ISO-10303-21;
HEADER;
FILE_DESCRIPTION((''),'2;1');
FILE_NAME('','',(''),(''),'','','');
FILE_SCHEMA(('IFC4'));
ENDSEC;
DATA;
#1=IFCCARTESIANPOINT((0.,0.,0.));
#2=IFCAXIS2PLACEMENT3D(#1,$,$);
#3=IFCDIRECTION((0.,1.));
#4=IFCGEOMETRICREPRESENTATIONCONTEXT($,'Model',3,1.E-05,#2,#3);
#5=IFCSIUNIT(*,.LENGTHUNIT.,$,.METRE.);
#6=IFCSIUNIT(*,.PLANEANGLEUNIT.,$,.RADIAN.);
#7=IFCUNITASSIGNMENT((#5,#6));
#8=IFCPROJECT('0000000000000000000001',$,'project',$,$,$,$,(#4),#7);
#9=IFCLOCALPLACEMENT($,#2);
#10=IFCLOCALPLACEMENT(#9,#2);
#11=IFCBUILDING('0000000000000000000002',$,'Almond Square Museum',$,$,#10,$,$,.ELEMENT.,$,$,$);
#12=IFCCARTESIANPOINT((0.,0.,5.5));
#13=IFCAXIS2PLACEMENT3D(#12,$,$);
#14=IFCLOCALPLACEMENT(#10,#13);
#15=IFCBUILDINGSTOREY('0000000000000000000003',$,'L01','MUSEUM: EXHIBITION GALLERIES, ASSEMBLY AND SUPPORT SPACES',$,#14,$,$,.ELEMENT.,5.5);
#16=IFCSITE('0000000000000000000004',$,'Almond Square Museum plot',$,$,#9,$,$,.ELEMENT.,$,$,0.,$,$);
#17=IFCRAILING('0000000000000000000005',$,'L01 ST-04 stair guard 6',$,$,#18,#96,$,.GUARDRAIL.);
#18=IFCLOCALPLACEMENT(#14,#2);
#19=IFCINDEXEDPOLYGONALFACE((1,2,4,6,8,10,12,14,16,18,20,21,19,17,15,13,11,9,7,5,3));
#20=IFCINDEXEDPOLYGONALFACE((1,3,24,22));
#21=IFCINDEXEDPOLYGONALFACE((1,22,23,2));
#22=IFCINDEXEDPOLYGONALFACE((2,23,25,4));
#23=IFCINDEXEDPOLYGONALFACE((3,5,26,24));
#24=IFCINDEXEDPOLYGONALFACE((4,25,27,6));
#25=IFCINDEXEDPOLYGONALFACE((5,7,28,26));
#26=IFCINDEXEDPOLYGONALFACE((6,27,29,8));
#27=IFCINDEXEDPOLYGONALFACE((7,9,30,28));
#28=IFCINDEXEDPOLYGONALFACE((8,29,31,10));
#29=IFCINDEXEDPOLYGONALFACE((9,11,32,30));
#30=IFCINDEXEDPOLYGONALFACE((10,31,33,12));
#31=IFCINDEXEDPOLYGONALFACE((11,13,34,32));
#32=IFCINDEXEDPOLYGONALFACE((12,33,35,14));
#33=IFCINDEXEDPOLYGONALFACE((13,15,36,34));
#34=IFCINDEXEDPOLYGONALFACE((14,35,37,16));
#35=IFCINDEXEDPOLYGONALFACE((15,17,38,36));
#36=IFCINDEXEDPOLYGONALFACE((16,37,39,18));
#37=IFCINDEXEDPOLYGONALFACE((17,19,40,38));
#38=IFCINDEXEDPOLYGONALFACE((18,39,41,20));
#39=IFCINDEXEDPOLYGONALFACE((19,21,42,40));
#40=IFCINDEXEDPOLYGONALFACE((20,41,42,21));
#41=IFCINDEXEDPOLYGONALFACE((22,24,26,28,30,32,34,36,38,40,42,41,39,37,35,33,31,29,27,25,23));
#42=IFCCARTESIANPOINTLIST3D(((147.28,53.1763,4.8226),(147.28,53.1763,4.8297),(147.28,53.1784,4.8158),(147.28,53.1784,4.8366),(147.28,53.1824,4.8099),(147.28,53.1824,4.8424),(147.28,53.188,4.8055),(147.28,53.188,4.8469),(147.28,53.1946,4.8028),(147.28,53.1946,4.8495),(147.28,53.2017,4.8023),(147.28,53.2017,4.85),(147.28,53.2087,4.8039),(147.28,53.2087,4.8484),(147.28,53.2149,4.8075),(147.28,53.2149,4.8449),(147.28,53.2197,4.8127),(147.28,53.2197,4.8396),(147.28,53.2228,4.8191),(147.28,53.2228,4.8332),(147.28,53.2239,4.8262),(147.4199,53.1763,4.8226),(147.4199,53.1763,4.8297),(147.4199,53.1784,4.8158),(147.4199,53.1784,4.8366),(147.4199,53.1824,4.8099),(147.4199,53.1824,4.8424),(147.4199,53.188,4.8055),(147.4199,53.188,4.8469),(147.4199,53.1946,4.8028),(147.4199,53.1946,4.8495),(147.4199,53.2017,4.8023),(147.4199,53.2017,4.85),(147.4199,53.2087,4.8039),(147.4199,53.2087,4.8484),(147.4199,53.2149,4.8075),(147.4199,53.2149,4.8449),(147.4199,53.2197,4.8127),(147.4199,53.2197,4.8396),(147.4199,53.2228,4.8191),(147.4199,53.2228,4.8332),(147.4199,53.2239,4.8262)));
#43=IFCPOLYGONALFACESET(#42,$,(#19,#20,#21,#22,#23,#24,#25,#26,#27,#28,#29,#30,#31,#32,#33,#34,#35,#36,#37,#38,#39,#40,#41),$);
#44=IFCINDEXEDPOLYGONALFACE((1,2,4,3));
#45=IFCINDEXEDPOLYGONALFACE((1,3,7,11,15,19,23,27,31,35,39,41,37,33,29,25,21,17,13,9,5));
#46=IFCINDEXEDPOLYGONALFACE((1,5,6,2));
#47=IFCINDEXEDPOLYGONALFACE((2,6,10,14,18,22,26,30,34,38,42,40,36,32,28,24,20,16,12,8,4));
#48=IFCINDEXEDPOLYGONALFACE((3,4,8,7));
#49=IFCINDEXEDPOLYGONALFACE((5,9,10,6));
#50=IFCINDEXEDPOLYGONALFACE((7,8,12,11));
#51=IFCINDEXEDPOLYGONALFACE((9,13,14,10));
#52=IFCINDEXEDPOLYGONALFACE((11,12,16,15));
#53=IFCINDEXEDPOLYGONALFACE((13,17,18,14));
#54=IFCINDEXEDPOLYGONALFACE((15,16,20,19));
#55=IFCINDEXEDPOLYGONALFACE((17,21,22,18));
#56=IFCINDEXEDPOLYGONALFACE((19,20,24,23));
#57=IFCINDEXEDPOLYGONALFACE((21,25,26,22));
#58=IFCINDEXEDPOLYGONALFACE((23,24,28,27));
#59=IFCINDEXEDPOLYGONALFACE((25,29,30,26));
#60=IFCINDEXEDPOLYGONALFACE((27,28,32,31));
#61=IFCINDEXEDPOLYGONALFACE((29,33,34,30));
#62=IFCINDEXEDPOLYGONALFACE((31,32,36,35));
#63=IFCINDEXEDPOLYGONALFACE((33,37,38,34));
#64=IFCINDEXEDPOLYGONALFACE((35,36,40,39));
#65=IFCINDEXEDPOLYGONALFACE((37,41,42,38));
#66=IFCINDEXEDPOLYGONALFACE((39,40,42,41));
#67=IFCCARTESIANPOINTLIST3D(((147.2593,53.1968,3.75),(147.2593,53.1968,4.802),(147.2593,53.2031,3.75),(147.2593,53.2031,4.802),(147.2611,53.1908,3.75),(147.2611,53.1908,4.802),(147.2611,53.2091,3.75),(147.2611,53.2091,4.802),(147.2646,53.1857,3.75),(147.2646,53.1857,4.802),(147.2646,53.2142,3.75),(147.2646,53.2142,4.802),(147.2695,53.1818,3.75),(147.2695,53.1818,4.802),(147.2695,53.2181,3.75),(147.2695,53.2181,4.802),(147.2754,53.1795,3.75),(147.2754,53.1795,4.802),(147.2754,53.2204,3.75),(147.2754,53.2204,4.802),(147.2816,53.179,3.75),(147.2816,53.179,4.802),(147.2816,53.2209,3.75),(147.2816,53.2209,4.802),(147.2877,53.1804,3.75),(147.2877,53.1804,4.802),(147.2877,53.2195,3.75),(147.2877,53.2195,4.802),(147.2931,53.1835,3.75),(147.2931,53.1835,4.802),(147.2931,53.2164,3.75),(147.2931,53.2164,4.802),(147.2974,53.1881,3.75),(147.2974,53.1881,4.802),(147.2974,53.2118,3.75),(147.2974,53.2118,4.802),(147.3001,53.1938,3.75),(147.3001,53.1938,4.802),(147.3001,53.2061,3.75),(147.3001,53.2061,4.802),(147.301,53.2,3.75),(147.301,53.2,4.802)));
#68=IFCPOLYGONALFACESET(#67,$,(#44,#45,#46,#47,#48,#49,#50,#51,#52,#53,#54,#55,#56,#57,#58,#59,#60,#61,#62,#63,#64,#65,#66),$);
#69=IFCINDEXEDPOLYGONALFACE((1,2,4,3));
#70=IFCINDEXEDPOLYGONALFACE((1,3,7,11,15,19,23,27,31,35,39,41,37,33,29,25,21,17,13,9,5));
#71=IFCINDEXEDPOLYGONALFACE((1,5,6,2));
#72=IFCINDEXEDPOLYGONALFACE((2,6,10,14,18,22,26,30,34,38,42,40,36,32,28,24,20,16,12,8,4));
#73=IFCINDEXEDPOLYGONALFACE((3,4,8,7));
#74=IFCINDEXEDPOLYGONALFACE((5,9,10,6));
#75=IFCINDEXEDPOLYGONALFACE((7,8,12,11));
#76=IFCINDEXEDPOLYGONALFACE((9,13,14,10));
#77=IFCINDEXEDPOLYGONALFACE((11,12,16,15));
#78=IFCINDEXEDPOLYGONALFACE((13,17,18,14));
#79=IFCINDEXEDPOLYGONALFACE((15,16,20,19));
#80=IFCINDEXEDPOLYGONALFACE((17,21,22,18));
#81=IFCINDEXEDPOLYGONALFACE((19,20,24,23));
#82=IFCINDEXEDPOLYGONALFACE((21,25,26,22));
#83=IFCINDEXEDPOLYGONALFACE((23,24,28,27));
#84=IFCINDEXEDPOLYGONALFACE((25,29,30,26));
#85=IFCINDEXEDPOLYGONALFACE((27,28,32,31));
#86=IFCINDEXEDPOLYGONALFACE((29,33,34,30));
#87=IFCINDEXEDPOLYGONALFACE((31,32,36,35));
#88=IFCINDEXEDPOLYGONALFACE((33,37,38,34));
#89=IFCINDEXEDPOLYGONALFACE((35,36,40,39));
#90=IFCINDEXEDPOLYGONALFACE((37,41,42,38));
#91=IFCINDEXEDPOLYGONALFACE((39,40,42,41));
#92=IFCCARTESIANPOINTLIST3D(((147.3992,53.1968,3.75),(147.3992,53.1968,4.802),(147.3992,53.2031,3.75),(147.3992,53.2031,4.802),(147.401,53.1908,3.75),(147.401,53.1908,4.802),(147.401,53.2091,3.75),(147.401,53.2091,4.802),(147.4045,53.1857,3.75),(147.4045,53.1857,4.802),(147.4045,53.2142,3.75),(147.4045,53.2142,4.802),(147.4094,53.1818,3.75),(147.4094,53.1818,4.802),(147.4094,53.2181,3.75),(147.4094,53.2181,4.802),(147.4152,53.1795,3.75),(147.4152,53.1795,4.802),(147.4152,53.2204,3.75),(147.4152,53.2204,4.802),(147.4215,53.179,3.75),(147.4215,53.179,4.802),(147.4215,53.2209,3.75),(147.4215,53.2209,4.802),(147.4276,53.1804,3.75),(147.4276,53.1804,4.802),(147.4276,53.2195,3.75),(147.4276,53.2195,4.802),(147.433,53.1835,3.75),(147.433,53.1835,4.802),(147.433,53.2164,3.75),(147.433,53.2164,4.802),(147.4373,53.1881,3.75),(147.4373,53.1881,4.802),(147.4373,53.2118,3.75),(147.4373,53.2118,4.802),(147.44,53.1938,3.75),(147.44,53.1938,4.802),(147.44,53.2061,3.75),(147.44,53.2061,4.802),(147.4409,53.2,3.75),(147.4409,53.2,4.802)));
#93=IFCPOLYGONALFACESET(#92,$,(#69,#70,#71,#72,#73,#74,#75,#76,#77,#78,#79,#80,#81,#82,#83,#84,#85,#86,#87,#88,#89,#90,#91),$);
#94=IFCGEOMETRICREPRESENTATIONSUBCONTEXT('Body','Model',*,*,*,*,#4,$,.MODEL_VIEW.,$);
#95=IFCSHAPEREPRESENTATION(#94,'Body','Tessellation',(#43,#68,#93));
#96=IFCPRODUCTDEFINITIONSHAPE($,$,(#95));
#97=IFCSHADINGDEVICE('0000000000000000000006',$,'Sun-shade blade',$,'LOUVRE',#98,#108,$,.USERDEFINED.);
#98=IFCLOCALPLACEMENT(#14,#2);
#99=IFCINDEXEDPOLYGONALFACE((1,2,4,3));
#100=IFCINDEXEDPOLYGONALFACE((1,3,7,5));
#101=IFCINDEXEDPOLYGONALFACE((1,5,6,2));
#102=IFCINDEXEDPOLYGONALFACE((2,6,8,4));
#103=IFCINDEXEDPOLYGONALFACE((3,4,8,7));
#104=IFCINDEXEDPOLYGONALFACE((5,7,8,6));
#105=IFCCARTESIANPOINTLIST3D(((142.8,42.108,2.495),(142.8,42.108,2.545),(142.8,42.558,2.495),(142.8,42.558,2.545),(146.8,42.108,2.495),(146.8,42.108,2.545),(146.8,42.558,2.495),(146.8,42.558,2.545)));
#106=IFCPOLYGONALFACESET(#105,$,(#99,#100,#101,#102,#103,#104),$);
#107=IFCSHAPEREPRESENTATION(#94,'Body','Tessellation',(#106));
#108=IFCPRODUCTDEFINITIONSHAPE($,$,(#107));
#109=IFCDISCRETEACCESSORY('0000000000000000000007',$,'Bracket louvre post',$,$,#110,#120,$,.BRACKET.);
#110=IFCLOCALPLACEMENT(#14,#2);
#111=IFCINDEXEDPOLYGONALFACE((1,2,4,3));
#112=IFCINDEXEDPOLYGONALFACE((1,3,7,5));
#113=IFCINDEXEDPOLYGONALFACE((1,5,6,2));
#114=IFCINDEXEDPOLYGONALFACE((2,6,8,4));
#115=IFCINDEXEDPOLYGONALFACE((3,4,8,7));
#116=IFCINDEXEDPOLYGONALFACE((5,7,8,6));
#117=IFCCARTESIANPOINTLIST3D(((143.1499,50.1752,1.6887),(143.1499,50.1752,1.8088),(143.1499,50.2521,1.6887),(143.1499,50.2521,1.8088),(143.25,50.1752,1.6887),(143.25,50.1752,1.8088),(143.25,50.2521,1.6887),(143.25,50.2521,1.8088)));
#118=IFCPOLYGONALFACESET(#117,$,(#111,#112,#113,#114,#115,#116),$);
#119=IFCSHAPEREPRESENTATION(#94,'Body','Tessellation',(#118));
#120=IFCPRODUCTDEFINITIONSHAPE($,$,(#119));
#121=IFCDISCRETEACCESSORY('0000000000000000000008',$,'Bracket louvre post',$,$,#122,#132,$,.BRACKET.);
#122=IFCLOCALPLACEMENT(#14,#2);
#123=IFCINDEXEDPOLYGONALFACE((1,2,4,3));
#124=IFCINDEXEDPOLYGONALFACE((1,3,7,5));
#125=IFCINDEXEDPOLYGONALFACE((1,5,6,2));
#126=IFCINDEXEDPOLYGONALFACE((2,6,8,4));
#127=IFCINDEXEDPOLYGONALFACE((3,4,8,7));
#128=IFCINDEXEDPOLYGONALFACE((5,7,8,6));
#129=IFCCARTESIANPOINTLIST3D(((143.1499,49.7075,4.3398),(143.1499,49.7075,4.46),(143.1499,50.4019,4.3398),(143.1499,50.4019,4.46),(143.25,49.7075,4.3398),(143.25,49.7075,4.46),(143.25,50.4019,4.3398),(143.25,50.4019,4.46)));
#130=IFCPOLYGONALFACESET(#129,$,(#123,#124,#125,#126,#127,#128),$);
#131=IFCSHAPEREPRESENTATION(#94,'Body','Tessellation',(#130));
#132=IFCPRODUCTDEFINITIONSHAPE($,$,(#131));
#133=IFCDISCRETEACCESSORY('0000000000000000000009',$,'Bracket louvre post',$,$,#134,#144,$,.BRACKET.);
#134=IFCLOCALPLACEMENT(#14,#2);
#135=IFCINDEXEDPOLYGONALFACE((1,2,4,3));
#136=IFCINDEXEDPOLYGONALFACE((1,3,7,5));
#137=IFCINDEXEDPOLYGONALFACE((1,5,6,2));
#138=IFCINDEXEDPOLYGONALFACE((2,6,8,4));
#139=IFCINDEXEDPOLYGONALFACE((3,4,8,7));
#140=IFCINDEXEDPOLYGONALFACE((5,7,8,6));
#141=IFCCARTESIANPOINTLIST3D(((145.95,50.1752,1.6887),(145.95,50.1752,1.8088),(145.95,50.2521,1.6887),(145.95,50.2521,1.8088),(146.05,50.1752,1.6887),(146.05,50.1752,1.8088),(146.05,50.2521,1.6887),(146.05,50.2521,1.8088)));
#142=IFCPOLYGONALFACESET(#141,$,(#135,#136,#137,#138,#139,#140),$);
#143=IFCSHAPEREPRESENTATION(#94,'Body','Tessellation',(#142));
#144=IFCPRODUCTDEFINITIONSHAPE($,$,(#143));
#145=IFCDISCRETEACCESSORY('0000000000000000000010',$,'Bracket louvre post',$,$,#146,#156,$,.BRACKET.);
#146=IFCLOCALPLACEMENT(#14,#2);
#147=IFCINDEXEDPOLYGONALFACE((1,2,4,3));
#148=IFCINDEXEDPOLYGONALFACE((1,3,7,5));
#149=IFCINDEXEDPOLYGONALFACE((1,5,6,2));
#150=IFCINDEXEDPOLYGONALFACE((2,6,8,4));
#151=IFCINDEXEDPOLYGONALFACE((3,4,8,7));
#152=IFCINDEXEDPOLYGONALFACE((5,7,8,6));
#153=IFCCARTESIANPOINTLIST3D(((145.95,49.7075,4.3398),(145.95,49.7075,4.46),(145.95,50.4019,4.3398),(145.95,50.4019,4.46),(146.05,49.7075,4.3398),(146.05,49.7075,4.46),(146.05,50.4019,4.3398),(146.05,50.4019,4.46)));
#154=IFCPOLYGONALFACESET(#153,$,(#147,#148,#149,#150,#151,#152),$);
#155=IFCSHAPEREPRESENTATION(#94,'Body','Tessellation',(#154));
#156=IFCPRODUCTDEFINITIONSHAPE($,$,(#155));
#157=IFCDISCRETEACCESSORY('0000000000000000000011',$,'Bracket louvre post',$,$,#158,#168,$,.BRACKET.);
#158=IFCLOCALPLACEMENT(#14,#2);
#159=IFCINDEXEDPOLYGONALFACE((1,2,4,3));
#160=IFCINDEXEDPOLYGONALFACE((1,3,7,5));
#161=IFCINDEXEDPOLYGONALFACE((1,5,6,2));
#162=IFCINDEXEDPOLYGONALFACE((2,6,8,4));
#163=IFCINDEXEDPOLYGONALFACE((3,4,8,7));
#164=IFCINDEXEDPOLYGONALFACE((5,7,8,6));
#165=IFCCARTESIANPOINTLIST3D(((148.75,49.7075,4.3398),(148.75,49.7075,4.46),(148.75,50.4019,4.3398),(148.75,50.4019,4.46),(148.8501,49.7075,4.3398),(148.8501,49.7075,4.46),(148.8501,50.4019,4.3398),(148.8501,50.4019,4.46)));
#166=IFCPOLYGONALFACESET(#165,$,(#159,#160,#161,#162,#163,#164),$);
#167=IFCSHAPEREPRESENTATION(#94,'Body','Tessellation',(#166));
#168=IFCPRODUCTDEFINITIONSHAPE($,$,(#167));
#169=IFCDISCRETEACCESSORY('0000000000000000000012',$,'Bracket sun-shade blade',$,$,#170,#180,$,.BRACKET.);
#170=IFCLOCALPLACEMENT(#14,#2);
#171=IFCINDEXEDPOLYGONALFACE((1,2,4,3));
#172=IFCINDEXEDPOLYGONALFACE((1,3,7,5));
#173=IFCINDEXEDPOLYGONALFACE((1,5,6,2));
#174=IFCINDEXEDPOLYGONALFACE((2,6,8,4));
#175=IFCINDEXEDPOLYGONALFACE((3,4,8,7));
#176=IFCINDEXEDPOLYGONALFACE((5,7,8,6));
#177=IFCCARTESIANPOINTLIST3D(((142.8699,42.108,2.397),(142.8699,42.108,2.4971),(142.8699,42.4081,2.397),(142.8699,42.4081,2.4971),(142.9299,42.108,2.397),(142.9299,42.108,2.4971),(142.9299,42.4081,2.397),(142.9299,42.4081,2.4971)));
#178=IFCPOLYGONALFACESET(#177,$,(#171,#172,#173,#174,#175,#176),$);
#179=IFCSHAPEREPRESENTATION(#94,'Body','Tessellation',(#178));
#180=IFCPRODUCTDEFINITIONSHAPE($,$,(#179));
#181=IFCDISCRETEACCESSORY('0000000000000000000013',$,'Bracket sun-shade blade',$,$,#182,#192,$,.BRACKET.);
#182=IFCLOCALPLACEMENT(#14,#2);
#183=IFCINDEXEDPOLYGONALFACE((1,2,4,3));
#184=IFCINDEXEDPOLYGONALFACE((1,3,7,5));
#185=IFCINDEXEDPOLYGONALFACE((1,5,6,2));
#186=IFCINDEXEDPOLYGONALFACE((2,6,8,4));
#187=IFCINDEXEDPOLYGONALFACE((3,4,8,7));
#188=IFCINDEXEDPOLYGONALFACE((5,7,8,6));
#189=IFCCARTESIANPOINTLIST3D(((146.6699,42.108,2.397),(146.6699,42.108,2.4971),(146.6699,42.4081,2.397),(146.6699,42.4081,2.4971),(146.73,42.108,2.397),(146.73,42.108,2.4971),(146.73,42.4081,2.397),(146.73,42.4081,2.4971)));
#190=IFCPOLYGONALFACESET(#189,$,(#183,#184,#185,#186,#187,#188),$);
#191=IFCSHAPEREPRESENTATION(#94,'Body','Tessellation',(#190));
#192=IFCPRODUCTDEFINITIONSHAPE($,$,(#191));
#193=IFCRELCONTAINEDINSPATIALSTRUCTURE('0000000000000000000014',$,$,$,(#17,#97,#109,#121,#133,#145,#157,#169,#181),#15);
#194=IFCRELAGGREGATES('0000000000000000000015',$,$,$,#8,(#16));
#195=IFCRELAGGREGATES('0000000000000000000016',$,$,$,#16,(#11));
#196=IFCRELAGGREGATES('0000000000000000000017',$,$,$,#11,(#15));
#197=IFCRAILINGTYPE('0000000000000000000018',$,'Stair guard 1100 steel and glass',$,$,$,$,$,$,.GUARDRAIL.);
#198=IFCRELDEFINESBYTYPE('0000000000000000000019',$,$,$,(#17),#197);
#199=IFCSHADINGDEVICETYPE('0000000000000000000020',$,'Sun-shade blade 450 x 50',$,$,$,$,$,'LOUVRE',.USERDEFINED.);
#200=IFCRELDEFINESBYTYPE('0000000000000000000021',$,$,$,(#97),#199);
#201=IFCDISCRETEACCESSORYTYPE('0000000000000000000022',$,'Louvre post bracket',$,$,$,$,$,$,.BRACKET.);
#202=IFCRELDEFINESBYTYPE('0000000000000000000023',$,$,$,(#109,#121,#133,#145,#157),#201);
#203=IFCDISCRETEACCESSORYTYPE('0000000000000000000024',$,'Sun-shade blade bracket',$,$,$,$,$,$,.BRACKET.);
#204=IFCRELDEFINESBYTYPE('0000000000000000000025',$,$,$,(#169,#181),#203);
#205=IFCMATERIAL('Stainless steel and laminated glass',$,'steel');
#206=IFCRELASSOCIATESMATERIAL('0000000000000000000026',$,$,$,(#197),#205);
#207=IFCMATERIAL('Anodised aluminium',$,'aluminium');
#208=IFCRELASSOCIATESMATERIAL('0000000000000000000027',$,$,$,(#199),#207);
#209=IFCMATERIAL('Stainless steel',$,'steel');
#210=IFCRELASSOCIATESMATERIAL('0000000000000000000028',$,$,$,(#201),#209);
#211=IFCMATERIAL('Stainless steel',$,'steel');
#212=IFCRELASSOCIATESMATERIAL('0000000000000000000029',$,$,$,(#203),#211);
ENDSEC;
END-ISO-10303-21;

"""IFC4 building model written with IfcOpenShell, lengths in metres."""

from ifc_helpers import new_model, si_unit, direction, frame, origin, origin_2d, place, context, subcontext, project, spatial, rectangle, circle, extrude, material, material_profile, profile_set, type_object, element, save


model = new_model("IFC4")

# Units and contexts
model_context = context("Model", 3, precision=1e-05, world=origin(), true_north=direction((0.0, 1.0)))
body_context = subcontext(model_context, "Body", "Model", "MODEL_VIEW")
ifc_project = project(units=[si_unit("LENGTHUNIT", "METRE"), si_unit("PLANEANGLEUNIT", "RADIAN")], contexts=[model_context])

# Site, building, storey
site_placement = place(None, origin())
site = spatial("IfcSite", under=ifc_project, at=site_placement, Name="Almond Square Museum plot", CompositionType="ELEMENT", RefElevation=0.0)
building_placement = place(site_placement, origin())
building = spatial("IfcBuilding", under=site, at=building_placement, Name="Almond Square Museum", CompositionType="ELEMENT")
storey_placement = place(building_placement, frame((0.0, 0.0, 5.5)))
storey = spatial("IfcBuildingStorey", under=building, at=storey_placement, Name="L01", Description="MUSEUM: EXHIBITION GALLERIES, ASSEMBLY AND SUPPORT SPACES", CompositionType="ELEMENT", Elevation=5.5)

# Railing
ifc_material_1 = material(Name="Stainless steel and laminated glass", Category="steel")
railing_type = type_object("IfcRailingType", Name="Stair guard 1100 steel and glass", PredefinedType="GUARDRAIL", material=ifc_material_1)
for number, where, name in (
    (1, (147.28, 53.2, 3.75), "L01 ST-04 stair guard 6"),
):
    element("IfcRailing", number, at=place(storey_placement, frame(where)), inside=storey, type_object=railing_type, Name=name, PredefinedType="GUARDRAIL", context=body_context, shape_type="SweptSolid", body=[
        extrude(circle(Radius=0.0239, at=origin_2d()), frame((0.0, 0.0, 1.0762), z_axis=(1.0, 0.0, 0.0), x_axis=(0.0, 1.0, 0.0)), (0.0, 0.0, 1.0), 0.1399),
        extrude(circle(Radius=0.021, at=origin_2d()), origin(), (0.0, 0.0, 1.0), 1.052),
        extrude(circle(Radius=0.021, at=origin_2d()), frame((0.1399, 0.0, 0.0)), (0.0, 0.0, 1.0), 1.052),
    ])

# Shading device
ifc_material_2 = material(Name="Anodised aluminium", Category="aluminium")
ifc_material_profile_1 = material_profile(ifc_material_2, rectangle(XDim=0.45, YDim=0.05, at=origin_2d()))
ifc_profile_set_1 = profile_set([ifc_material_profile_1], Name="Anodised aluminium")
shading_device_type_1 = type_object("IfcShadingDeviceType", Name="Sun-shade blade 450 x 50", ElementType="LOUVRE", PredefinedType="USERDEFINED", material=ifc_profile_set_1)
shading_device_placement = place(storey_placement, frame((142.8, 42.333, 2.52), z_axis=(1.0, 0.0, 0.0), x_axis=(0.0, 1.0, 0.0)))
element("IfcShadingDevice", 2, at=shading_device_placement, inside=storey, type_object=shading_device_type_1, Name="Sun-shade blade", ObjectType="LOUVRE", PredefinedType="USERDEFINED", context=body_context, shape_type="SweptSolid", body=[
    extrude(rectangle(XDim=0.45, YDim=0.05, at=origin_2d()), origin(), (0.0, 0.0, 1.0), 4.0),
])

# Discrete accessories
ifc_material_3 = material(Name="Stainless steel", Category="steel")
discrete_accessory_type_1 = type_object("IfcDiscreteAccessoryType", Name="Louvre post bracket", PredefinedType="BRACKET", material=ifc_material_3)
discrete_accessory_1_placement = place(storey_placement, frame((143.2, 50.2136, 1.6887), z_axis=(0.0, 0.0, 1.0), x_axis=(1.0, 0.0, 0.0)))
element("IfcDiscreteAccessory", 3, at=discrete_accessory_1_placement, inside=storey, type_object=discrete_accessory_type_1, Name="Bracket louvre post", PredefinedType="BRACKET", context=body_context, shape_type="SweptSolid", body=[
    extrude(rectangle(XDim=0.1001, YDim=0.0769, at=origin_2d()), origin(), (0.0, 0.0, 1.0), 0.1201),
])
discrete_accessory_2_placement = place(storey_placement, frame((143.2, 50.0547, 4.3398), z_axis=(0.0, 0.0, 1.0), x_axis=(1.0, 0.0, 0.0)))
element("IfcDiscreteAccessory", 4, at=discrete_accessory_2_placement, inside=storey, type_object=discrete_accessory_type_1, Name="Bracket louvre post", PredefinedType="BRACKET", context=body_context, shape_type="SweptSolid", body=[
    extrude(rectangle(XDim=0.1001, YDim=0.6943, at=origin_2d()), origin(), (0.0, 0.0, 1.0), 0.1201),
])
discrete_accessory_3_placement = place(storey_placement, frame((146.0, 50.2136, 1.6887), z_axis=(0.0, 0.0, 1.0), x_axis=(1.0, 0.0, 0.0)))
element("IfcDiscreteAccessory", 5, at=discrete_accessory_3_placement, inside=storey, type_object=discrete_accessory_type_1, Name="Bracket louvre post", PredefinedType="BRACKET", context=body_context, shape_type="SweptSolid", body=[
    extrude(rectangle(XDim=0.1001, YDim=0.0769, at=origin_2d()), origin(), (0.0, 0.0, 1.0), 0.1201),
])
for number, where, z_axis, x_axis, name in (
    (6, (146.0, 50.0547, 4.3398), (0.0, 0.0, 1.0), (1.0, 0.0, 0.0), "Bracket louvre post"),
    (7, (148.8, 50.0547, 4.3398), (0.0, 0.0, 1.0), (1.0, 0.0, 0.0), "Bracket louvre post"),
):
    element("IfcDiscreteAccessory", number, at=place(storey_placement, frame(where, z_axis=z_axis, x_axis=x_axis)), inside=storey, type_object=discrete_accessory_type_1, Name=name, PredefinedType="BRACKET", context=body_context, shape_type="SweptSolid", body=[
        extrude(rectangle(XDim=0.1001, YDim=0.6943, at=origin_2d()), origin(), (0.0, 0.0, 1.0), 0.1201),
    ])
ifc_material_4 = material(Name="Stainless steel", Category="steel")
discrete_accessory_type_2 = type_object("IfcDiscreteAccessoryType", Name="Sun-shade blade bracket", PredefinedType="BRACKET", material=ifc_material_4)
for number, where, z_axis, x_axis, name in (
    (8, (142.8999, 42.2581, 2.397), (0.0, 0.0, 1.0), (1.0, 0.0, 0.0), "Bracket sun-shade blade"),
    (9, (146.7, 42.2581, 2.397), (0.0, 0.0, 1.0), (1.0, 0.0, 0.0), "Bracket sun-shade blade"),
):
    element("IfcDiscreteAccessory", number, at=place(storey_placement, frame(where, z_axis=z_axis, x_axis=x_axis)), inside=storey, type_object=discrete_accessory_type_2, Name=name, PredefinedType="BRACKET", context=body_context, shape_type="SweptSolid", body=[
        extrude(rectangle(XDim=0.0601, YDim=0.3, at=origin_2d()), origin(), (0.0, 0.0, 1.0), 0.1001),
    ])

save(model, "model.ifc")
